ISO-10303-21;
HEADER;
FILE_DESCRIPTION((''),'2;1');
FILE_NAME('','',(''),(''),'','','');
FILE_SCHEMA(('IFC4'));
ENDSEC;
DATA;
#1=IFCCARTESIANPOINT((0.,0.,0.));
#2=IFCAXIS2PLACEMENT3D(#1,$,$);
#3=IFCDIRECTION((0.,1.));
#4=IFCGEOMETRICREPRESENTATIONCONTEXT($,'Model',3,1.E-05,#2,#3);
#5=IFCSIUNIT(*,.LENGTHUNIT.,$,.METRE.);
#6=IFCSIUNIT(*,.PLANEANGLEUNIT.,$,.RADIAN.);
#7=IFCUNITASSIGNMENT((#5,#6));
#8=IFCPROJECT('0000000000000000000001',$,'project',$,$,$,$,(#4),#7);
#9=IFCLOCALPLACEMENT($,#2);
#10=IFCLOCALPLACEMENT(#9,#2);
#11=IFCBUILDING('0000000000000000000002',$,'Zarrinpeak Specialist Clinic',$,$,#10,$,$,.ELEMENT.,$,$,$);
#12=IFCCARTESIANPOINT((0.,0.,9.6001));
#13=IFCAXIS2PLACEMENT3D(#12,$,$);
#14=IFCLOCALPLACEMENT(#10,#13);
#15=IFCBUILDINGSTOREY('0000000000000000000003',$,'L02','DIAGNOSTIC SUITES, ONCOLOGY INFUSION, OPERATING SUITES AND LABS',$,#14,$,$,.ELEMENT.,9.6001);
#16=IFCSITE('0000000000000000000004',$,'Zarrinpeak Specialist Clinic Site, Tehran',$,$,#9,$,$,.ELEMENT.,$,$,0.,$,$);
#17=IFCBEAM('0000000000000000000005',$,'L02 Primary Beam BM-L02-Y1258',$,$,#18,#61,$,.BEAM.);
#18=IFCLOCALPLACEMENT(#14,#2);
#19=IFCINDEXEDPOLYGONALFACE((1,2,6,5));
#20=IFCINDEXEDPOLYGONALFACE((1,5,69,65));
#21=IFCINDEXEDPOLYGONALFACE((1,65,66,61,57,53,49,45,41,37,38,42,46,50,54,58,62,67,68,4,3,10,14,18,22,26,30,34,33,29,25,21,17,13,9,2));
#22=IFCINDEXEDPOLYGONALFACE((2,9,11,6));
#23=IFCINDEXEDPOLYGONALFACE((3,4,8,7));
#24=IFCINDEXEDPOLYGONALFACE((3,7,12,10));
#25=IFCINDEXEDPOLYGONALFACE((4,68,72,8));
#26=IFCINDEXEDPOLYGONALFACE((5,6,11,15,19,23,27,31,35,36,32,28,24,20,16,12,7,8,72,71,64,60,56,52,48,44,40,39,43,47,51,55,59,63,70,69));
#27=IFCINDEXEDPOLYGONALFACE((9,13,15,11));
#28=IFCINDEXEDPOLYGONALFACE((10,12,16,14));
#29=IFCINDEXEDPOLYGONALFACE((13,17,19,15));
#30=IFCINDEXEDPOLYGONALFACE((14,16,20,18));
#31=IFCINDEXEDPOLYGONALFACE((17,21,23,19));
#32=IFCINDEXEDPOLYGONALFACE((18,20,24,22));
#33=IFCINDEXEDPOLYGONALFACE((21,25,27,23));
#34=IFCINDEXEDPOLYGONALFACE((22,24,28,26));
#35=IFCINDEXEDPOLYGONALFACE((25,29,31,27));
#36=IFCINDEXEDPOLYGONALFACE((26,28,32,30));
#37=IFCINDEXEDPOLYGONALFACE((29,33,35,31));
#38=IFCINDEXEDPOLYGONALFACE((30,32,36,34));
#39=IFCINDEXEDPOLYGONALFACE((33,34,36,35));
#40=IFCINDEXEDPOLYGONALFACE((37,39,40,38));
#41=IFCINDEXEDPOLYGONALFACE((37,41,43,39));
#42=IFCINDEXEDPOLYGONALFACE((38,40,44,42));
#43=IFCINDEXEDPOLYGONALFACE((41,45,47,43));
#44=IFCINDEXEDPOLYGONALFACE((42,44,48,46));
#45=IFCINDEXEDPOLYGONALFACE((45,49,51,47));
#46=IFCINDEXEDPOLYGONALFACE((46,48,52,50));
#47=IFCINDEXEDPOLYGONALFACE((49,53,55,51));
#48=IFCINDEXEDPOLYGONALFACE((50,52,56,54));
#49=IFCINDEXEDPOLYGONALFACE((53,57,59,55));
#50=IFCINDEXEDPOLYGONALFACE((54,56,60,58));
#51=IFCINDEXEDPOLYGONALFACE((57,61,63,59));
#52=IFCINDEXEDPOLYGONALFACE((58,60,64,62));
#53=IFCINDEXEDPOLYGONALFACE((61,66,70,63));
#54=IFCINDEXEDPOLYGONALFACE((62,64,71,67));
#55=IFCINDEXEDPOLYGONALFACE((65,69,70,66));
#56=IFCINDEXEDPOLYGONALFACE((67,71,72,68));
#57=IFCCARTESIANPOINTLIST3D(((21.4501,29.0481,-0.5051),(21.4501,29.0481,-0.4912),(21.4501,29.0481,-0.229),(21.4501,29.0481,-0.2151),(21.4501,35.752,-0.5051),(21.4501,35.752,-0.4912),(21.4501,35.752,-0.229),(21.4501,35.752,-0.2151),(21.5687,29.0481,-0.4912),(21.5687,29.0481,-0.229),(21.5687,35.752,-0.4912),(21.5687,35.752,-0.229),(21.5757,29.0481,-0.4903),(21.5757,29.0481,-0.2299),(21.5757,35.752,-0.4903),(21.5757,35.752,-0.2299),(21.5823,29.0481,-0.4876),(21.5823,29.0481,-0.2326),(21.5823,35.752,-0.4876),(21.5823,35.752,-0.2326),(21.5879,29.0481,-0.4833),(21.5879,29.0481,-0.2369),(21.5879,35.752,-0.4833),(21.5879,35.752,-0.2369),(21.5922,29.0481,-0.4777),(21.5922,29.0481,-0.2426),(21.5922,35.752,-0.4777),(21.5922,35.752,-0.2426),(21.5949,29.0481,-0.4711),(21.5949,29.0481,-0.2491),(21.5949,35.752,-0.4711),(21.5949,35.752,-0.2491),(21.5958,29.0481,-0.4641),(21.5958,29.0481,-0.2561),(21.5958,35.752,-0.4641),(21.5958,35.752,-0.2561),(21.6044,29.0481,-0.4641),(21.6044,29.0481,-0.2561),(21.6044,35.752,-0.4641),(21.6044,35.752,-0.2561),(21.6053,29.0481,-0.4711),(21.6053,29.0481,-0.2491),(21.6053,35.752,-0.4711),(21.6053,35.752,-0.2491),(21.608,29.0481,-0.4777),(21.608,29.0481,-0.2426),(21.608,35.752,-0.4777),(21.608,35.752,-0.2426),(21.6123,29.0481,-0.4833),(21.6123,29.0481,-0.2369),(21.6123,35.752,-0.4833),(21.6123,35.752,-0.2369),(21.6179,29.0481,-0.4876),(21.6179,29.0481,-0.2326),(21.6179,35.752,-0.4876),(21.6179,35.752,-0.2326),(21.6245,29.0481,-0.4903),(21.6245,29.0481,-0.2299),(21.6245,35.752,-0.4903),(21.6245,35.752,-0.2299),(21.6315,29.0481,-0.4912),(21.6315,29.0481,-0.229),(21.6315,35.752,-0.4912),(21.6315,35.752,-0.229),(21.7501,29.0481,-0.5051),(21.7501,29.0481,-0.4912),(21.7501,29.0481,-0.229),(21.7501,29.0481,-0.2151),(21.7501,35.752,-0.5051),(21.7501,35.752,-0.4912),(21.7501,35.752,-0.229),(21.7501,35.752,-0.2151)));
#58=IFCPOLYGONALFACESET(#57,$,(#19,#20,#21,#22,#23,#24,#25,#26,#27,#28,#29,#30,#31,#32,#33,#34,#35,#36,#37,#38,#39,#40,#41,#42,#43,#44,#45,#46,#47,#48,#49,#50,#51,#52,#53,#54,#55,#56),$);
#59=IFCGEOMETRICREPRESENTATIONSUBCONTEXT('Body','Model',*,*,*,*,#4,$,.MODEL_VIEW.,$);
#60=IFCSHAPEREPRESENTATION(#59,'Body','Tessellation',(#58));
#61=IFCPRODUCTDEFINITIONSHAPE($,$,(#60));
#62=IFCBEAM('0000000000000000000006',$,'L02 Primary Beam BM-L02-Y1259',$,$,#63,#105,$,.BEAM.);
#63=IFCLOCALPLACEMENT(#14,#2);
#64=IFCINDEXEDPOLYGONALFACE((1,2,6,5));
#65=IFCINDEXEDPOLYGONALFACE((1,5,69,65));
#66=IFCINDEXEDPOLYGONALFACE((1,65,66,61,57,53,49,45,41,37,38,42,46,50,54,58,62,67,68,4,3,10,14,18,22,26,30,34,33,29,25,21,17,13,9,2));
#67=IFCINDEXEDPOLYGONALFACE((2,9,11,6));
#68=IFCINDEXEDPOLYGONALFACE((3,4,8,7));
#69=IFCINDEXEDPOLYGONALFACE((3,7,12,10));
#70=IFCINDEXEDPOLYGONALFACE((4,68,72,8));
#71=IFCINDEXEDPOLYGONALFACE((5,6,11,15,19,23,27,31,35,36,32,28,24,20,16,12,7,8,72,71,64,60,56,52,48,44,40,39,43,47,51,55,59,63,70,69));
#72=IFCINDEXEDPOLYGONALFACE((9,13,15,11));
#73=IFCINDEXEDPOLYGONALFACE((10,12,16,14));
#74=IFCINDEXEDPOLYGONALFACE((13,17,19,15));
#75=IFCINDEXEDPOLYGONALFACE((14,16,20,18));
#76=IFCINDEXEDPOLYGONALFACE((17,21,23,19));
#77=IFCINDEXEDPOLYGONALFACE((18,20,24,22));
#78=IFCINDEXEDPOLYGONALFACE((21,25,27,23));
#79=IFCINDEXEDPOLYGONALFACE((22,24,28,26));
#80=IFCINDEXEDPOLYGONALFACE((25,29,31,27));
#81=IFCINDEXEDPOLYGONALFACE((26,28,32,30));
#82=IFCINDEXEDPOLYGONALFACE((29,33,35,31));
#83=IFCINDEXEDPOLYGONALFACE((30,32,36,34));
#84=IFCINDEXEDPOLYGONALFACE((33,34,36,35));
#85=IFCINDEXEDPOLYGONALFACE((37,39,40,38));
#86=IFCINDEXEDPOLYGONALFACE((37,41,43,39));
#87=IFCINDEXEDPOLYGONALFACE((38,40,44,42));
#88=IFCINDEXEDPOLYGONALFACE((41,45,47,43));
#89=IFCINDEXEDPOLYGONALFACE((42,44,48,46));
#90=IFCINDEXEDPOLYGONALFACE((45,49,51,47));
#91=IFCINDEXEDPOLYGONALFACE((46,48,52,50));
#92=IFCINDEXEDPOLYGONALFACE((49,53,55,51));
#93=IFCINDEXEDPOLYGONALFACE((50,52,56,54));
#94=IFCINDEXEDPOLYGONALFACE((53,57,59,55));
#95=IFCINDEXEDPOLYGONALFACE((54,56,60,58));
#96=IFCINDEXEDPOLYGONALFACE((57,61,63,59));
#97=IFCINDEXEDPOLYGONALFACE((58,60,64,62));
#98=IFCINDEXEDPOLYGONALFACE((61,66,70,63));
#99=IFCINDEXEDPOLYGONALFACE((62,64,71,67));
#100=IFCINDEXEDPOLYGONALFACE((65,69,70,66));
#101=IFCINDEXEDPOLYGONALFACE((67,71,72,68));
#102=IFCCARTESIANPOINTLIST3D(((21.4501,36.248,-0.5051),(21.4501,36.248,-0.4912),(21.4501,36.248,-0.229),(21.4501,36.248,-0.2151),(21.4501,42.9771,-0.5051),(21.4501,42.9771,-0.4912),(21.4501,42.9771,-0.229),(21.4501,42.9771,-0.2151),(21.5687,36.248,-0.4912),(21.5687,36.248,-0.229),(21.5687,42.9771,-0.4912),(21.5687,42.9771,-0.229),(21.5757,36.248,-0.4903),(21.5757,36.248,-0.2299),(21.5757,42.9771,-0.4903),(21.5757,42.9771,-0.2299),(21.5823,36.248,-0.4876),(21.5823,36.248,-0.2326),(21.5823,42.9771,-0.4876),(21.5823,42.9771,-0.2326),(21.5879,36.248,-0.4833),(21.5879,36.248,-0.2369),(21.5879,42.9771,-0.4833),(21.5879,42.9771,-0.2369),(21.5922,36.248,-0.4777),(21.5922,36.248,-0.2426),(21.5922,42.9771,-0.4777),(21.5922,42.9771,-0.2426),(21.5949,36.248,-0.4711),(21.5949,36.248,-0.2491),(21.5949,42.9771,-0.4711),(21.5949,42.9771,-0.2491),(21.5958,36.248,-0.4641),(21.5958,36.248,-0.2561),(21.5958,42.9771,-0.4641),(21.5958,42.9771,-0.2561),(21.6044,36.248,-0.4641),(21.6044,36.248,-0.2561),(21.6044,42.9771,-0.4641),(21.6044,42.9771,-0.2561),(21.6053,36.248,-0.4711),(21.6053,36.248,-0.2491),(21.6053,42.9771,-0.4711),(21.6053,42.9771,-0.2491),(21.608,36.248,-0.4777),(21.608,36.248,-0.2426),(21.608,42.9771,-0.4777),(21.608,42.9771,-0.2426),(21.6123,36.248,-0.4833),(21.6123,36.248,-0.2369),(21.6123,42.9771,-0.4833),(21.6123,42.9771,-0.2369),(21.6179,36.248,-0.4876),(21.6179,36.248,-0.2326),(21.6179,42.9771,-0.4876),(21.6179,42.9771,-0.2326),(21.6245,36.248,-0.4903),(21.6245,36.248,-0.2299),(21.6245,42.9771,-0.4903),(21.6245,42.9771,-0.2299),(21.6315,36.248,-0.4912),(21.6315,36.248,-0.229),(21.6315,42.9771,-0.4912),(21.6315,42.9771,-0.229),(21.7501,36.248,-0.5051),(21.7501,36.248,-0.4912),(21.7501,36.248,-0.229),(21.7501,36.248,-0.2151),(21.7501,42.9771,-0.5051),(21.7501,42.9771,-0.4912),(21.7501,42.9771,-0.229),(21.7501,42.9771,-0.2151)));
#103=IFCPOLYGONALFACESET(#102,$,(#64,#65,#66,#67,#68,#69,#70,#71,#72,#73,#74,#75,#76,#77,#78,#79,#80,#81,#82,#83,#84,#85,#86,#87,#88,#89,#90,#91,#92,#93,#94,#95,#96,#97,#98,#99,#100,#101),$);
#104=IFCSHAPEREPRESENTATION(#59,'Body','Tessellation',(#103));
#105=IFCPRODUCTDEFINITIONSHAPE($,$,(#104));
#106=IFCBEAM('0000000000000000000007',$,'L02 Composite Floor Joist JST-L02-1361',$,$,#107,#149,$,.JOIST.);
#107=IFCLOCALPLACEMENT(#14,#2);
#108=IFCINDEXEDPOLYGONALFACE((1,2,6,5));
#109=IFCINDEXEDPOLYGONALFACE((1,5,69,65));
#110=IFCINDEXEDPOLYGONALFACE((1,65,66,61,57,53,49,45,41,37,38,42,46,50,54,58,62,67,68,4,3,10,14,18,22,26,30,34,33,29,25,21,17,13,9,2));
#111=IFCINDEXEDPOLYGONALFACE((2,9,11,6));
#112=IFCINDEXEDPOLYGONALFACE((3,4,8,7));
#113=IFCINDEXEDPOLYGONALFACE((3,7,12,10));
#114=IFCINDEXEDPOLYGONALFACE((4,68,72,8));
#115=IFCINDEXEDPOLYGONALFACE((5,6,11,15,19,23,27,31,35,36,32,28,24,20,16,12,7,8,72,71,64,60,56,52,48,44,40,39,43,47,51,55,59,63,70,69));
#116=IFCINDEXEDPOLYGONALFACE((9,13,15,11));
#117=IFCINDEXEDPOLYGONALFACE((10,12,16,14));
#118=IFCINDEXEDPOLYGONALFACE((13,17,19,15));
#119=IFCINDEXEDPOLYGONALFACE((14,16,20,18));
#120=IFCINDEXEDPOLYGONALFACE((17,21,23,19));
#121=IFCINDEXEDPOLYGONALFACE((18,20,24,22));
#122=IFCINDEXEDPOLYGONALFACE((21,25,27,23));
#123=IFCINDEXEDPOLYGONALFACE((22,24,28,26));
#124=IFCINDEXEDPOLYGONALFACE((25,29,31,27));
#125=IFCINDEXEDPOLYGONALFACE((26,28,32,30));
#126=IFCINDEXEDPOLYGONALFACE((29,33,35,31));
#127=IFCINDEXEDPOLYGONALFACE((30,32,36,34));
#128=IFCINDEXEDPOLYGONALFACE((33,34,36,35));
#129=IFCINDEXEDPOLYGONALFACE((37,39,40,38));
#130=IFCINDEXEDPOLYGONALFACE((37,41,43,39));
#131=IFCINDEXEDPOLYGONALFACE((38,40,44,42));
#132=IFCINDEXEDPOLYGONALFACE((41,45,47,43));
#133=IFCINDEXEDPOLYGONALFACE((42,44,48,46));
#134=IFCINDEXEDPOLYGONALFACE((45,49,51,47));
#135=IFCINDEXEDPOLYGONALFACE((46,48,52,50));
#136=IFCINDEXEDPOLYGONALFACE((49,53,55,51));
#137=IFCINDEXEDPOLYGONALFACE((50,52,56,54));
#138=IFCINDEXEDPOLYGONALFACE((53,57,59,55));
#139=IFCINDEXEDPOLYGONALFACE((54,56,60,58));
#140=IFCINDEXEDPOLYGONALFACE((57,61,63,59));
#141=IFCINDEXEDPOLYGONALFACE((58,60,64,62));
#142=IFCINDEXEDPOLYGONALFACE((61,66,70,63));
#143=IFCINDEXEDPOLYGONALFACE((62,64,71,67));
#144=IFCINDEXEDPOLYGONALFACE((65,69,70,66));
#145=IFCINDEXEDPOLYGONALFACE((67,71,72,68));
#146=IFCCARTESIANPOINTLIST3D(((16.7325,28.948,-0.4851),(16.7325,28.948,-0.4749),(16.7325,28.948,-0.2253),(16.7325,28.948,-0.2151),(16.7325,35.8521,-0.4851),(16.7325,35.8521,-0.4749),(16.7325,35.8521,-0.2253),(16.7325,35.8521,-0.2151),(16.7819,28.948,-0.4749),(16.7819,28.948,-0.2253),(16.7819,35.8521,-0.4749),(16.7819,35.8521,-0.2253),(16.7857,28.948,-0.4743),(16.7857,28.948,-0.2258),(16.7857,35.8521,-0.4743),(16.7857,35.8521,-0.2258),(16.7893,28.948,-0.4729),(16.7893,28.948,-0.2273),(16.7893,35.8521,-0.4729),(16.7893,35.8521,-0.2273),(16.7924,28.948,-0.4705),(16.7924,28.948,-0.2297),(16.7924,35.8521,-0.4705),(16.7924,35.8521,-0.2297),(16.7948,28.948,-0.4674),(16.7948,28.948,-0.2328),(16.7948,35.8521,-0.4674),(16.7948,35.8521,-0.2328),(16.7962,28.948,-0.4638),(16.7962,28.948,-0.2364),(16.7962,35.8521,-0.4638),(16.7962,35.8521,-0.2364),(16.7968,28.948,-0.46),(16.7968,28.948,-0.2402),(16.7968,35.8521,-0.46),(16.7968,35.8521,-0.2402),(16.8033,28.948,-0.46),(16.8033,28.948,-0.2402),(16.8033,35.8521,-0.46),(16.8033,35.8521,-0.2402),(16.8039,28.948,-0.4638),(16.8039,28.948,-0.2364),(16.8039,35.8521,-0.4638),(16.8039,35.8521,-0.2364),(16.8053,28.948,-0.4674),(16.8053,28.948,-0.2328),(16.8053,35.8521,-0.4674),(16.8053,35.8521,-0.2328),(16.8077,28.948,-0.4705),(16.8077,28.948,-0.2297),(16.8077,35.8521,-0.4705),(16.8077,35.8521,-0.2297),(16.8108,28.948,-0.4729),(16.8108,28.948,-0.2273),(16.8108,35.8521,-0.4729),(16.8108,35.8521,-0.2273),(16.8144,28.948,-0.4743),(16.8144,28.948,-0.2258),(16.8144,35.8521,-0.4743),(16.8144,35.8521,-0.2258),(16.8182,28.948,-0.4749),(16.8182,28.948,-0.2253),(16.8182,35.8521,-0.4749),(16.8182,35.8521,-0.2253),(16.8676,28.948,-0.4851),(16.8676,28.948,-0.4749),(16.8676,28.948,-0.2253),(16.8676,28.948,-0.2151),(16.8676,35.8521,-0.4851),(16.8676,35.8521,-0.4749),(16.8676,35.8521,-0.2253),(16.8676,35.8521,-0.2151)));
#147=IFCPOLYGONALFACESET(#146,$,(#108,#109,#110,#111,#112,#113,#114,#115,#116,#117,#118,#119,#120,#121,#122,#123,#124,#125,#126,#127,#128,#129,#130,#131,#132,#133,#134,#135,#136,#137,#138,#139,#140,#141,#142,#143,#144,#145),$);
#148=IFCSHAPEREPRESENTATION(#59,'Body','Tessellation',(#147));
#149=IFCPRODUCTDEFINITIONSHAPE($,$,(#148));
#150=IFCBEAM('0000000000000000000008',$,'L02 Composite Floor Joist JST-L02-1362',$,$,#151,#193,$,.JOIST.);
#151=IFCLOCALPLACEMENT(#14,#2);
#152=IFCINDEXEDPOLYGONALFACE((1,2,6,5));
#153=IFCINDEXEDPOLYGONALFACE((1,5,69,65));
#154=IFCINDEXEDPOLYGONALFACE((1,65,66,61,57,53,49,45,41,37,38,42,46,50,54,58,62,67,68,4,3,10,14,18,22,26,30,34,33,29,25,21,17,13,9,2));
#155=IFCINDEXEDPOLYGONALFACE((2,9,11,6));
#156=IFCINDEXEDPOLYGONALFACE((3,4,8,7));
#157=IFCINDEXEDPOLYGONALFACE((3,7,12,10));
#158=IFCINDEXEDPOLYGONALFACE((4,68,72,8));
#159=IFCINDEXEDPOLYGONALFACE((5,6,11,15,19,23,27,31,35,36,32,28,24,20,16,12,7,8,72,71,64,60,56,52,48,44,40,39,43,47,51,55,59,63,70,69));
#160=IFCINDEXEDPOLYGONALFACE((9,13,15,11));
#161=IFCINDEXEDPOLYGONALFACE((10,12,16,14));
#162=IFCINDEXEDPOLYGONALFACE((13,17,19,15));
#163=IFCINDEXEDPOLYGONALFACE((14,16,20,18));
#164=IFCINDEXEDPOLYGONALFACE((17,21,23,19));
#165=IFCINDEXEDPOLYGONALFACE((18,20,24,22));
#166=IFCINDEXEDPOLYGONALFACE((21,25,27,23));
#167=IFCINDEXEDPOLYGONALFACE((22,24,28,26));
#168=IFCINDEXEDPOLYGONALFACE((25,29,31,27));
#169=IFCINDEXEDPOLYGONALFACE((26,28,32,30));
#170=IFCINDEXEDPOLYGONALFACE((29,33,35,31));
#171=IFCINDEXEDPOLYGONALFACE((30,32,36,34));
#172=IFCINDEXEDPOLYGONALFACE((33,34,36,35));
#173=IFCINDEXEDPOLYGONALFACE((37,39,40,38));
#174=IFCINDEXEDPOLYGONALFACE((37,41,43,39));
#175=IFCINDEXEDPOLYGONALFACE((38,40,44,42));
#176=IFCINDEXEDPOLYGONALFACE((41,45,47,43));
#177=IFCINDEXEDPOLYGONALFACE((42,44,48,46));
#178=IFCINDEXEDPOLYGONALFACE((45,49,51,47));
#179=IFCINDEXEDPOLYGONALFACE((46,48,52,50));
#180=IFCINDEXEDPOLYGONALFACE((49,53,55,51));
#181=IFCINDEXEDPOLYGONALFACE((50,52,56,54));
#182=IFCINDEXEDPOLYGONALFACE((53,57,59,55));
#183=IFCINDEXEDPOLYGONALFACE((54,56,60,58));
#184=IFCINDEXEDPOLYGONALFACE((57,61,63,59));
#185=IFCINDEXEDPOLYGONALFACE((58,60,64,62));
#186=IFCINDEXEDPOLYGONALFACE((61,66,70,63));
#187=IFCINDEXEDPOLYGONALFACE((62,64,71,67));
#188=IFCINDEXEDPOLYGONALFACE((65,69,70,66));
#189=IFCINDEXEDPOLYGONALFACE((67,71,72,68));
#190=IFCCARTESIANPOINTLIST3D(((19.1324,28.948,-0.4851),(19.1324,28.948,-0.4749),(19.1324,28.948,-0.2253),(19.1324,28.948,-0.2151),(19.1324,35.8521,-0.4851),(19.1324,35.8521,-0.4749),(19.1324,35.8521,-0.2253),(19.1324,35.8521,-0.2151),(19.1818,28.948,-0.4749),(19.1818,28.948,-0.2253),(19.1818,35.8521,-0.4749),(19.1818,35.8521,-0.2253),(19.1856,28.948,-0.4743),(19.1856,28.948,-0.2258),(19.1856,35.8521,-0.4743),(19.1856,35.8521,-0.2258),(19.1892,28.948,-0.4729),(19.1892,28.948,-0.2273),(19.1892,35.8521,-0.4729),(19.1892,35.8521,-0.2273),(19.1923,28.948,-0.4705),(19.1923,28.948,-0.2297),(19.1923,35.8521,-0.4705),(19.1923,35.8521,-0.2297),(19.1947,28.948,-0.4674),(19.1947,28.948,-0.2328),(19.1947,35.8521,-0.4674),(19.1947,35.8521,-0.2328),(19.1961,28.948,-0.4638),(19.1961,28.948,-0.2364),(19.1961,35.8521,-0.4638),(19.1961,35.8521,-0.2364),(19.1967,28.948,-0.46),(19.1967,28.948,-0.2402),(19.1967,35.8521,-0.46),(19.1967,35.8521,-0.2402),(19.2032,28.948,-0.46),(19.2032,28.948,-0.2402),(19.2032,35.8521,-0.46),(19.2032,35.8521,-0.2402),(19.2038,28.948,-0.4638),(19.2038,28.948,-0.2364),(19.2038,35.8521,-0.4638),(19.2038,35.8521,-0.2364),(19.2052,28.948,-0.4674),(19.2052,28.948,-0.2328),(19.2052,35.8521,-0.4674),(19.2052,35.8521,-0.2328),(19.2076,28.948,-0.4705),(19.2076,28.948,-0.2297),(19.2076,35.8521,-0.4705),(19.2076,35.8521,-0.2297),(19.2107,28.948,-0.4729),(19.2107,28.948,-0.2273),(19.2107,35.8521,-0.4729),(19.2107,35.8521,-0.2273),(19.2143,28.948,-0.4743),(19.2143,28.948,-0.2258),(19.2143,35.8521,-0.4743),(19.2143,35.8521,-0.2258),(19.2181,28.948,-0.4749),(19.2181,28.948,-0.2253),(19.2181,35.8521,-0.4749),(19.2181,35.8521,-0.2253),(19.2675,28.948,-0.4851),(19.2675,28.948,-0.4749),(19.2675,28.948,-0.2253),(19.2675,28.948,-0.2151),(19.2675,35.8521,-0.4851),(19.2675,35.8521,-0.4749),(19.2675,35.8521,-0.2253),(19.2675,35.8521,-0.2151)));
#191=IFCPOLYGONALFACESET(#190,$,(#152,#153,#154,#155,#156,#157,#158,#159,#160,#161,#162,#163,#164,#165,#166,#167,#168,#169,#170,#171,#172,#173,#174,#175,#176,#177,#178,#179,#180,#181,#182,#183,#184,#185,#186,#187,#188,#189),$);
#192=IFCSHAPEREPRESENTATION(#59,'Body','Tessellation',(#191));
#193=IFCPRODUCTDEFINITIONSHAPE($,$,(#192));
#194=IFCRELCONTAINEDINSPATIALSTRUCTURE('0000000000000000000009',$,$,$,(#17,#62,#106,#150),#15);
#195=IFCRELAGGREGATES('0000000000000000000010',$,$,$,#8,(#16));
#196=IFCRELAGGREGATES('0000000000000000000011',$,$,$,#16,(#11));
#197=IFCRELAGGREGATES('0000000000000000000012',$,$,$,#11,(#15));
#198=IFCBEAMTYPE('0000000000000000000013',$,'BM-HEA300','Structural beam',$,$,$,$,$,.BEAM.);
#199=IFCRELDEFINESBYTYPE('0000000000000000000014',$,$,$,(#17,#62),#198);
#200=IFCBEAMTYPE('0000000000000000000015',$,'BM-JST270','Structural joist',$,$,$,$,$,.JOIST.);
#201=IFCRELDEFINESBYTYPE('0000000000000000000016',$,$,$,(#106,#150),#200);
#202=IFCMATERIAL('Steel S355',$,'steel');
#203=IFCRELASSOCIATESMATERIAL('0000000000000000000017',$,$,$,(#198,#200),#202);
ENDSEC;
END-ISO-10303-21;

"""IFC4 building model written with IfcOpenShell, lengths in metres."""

from ifc_helpers import new_model, si_unit, direction, frame, origin, origin_2d, place, context, subcontext, project, spatial, i_section, extrude, material, material_profile, profile_set, type_object, element, save


model = new_model("IFC4")

# Units and contexts
model_context = context("Model", 3, precision=1e-05, world=origin(), true_north=direction((0.0, 1.0)))
body_context = subcontext(model_context, "Body", "Model", "MODEL_VIEW")
ifc_project = project(units=[si_unit("LENGTHUNIT", "METRE"), si_unit("PLANEANGLEUNIT", "RADIAN")], contexts=[model_context])

# Site, building, storey
site_placement = place(None, origin())
site = spatial("IfcSite", under=ifc_project, at=site_placement, Name="Zarrinpeak Specialist Clinic Site, Tehran", CompositionType="ELEMENT", RefElevation=0.0)
building_placement = place(site_placement, origin())
building = spatial("IfcBuilding", under=site, at=building_placement, Name="Zarrinpeak Specialist Clinic", CompositionType="ELEMENT")
storey_placement = place(building_placement, frame((0.0, 0.0, 9.6001)))
storey = spatial("IfcBuildingStorey", under=building, at=storey_placement, Name="L02", Description="DIAGNOSTIC SUITES, ONCOLOGY INFUSION, OPERATING SUITES AND LABS", CompositionType="ELEMENT", Elevation=9.6001)

# Shared definitions
ifc_material_1 = material(Name="Steel S355", Category="steel")

# Beams
ifc_material_profile_1 = material_profile(ifc_material_1, i_section(OverallWidth=0.3, OverallDepth=0.29, WebThickness=0.0085, FlangeThickness=0.0139, FilletRadius=0.0271, at=origin_2d()), Name="HEA 300")
ifc_profile_set_1 = profile_set([ifc_material_profile_1], Name="Steel S355")
beam_type_1 = type_object("IfcBeamType", Name="BM-HEA300", Description="Structural beam", PredefinedType="BEAM", material=ifc_profile_set_1)
beam_1_placement = place(storey_placement, frame((21.6001, 29.0481, -0.3601), z_axis=(0.0, 1.0, 0.0), x_axis=(-1.0, 0.0, 0.0)))
element("IfcBeam", 1, at=beam_1_placement, inside=storey, type_object=beam_type_1, Name="L02 Primary Beam BM-L02-Y1258", PredefinedType="BEAM", context=body_context, shape_type="SweptSolid", body=[
    extrude(i_section(OverallWidth=0.3, OverallDepth=0.29, WebThickness=0.0085, FlangeThickness=0.0139, FilletRadius=0.0271, at=origin_2d()), origin(), (0.0, 0.0, 1.0), 6.7039),
])
beam_2_placement = place(storey_placement, frame((21.6001, 36.248, -0.3601), z_axis=(0.0, 1.0, 0.0), x_axis=(-1.0, 0.0, 0.0)))
element("IfcBeam", 2, at=beam_2_placement, inside=storey, type_object=beam_type_1, Name="L02 Primary Beam BM-L02-Y1259", PredefinedType="BEAM", context=body_context, shape_type="SweptSolid", body=[
    extrude(i_section(OverallWidth=0.3, OverallDepth=0.29, WebThickness=0.0085, FlangeThickness=0.0139, FilletRadius=0.0271, at=origin_2d()), origin(), (0.0, 0.0, 1.0), 6.729),
])
ifc_material_profile_2 = material_profile(ifc_material_1, i_section(OverallWidth=0.135, OverallDepth=0.27, WebThickness=0.0066, FlangeThickness=0.0103, FilletRadius=0.0149, at=origin_2d()), Name="IPE 270")
ifc_profile_set_2 = profile_set([ifc_material_profile_2], Name="Steel S355")
beam_type_2 = type_object("IfcBeamType", Name="BM-JST270", Description="Structural joist", PredefinedType="JOIST", material=ifc_profile_set_2)
for number, where, z_axis, x_axis, name in (
    (3, (16.8, 28.948, -0.3501), (0.0, 1.0, 0.0), (-1.0, 0.0, 0.0), "L02 Composite Floor Joist JST-L02-1361"),
    (4, (19.2, 28.948, -0.3501), (0.0, 1.0, 0.0), (-1.0, 0.0, 0.0), "L02 Composite Floor Joist JST-L02-1362"),
):
    element("IfcBeam", number, at=place(storey_placement, frame(where, z_axis=z_axis, x_axis=x_axis)), inside=storey, type_object=beam_type_2, Name=name, PredefinedType="JOIST", context=body_context, shape_type="SweptSolid", body=[
        extrude(i_section(OverallWidth=0.135, OverallDepth=0.27, WebThickness=0.0066, FlangeThickness=0.0103, FilletRadius=0.0149, at=origin_2d()), origin(), (0.0, 0.0, 1.0), 6.9041),
    ])

save(model, "model.ifc")
